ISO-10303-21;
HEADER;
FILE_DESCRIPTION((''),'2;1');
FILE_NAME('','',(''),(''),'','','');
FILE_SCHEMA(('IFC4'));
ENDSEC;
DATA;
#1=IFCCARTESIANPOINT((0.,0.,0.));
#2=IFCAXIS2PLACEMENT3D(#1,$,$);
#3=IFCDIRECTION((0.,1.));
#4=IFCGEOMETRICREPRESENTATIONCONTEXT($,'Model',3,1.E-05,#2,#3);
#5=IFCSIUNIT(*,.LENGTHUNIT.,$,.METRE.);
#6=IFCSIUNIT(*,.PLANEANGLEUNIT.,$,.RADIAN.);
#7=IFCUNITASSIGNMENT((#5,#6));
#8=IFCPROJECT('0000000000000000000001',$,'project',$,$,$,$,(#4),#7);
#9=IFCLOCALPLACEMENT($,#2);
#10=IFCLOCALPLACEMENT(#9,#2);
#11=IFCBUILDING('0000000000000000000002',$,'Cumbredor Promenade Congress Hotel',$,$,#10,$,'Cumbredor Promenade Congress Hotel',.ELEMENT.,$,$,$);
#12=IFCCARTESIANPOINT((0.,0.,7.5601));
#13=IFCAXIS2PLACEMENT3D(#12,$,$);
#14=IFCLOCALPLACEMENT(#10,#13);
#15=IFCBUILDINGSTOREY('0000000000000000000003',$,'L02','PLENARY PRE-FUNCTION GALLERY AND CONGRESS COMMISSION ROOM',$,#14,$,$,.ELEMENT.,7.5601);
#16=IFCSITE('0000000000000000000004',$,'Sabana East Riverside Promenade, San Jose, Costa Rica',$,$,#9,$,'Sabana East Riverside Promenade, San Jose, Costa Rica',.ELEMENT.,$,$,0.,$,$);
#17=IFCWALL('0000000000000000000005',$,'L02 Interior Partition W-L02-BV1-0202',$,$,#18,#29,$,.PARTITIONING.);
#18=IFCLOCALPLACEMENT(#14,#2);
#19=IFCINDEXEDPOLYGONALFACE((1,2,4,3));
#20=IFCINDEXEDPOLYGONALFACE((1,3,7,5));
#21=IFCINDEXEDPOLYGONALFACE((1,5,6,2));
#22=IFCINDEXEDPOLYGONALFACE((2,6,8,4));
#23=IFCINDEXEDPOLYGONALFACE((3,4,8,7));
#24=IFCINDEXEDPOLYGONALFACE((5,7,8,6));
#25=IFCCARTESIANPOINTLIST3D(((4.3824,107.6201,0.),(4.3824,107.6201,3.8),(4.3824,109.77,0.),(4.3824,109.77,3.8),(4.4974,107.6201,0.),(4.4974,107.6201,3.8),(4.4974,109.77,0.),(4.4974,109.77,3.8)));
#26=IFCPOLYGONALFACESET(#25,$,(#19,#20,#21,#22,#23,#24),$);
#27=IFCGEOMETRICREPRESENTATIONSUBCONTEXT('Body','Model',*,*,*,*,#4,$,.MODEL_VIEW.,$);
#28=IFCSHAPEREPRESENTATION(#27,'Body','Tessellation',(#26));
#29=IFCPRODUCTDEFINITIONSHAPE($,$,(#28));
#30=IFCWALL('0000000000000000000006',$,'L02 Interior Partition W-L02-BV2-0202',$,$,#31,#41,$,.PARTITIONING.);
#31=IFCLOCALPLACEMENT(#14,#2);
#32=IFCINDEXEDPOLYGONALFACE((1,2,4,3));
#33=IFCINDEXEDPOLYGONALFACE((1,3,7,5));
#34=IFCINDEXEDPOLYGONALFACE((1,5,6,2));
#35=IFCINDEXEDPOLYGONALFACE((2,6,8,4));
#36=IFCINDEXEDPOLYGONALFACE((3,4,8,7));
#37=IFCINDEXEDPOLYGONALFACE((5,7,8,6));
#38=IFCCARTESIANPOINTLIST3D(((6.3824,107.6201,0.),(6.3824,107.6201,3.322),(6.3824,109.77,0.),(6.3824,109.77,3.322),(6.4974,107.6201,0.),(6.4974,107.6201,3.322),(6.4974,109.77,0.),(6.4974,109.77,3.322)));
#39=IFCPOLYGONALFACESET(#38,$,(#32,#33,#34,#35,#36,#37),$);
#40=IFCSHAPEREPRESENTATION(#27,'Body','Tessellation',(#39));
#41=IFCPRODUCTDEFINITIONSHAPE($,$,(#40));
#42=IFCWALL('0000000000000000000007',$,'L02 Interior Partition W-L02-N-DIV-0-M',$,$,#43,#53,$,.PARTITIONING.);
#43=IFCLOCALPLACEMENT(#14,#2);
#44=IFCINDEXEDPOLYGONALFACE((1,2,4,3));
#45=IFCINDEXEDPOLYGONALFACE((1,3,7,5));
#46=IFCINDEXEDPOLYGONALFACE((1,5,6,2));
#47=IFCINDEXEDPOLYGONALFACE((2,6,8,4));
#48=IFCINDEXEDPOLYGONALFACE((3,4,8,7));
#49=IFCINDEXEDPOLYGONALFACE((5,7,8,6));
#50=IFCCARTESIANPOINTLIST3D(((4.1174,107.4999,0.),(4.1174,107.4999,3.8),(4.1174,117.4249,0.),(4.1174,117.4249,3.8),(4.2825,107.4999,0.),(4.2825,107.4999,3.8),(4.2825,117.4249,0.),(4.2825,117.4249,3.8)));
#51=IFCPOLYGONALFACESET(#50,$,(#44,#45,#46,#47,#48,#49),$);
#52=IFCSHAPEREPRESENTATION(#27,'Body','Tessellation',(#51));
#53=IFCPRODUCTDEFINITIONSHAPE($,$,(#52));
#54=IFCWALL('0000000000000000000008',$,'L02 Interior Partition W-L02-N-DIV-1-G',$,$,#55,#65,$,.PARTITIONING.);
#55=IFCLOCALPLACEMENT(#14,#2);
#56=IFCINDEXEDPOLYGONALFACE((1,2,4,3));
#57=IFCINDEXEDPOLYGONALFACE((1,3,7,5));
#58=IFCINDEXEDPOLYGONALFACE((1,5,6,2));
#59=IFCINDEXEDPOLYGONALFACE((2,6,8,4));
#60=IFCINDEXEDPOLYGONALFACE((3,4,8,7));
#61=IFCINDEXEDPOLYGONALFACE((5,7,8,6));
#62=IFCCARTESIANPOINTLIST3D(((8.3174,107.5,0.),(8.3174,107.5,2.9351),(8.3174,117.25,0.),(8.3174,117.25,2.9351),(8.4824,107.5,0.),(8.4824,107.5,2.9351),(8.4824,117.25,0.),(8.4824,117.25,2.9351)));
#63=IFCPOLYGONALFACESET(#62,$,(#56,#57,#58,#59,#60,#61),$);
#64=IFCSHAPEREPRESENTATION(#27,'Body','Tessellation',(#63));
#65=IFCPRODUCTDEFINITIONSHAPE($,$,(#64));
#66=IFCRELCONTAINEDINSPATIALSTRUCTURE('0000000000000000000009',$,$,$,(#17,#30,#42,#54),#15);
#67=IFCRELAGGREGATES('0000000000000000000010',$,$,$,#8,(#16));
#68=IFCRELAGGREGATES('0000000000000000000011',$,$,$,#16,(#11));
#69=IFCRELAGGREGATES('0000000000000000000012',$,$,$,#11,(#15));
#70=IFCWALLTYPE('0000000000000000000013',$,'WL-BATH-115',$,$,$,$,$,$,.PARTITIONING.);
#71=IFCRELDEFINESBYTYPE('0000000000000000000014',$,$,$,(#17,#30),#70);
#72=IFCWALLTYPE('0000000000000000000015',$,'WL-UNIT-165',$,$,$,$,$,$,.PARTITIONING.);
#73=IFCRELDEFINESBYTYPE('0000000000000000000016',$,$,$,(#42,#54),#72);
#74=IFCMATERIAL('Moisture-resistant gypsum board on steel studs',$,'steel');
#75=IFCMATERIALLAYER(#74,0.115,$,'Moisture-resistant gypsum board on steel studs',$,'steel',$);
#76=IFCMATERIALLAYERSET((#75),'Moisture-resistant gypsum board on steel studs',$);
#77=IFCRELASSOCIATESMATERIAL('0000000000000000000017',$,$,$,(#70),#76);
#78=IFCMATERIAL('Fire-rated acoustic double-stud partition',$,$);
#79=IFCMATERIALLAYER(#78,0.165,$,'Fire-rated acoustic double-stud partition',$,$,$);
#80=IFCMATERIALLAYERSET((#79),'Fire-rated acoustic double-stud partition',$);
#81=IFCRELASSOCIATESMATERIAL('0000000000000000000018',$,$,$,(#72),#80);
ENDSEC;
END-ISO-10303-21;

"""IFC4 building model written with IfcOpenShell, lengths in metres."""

from ifc_helpers import new_model, si_unit, direction, frame, frame_2d, origin, place, context, subcontext, project, spatial, rectangle, extrude, material, layer, layer_set, type_object, element, save


model = new_model("IFC4")

# Units and contexts
model_context = context("Model", 3, precision=1e-05, world=origin(), true_north=direction((0.0, 1.0)))
body_context = subcontext(model_context, "Body", "Model", "MODEL_VIEW")
ifc_project = project(units=[si_unit("LENGTHUNIT", "METRE"), si_unit("PLANEANGLEUNIT", "RADIAN")], contexts=[model_context])

# Site, building, storey
site_placement = place(None, origin())
site = spatial("IfcSite", under=ifc_project, at=site_placement, Name="Sabana East Riverside Promenade, San Jose, Costa Rica", LongName="Sabana East Riverside Promenade, San Jose, Costa Rica", CompositionType="ELEMENT", RefElevation=0.0)
building_placement = place(site_placement, origin())
building = spatial("IfcBuilding", under=site, at=building_placement, Name="Cumbredor Promenade Congress Hotel", LongName="Cumbredor Promenade Congress Hotel", CompositionType="ELEMENT")
storey_placement = place(building_placement, frame((0.0, 0.0, 7.5601)))
storey = spatial("IfcBuildingStorey", under=building, at=storey_placement, Name="L02", Description="PLENARY PRE-FUNCTION GALLERY AND CONGRESS COMMISSION ROOM", CompositionType="ELEMENT", Elevation=7.5601)

# Walls
ifc_material_1 = material(Name="Moisture-resistant gypsum board on steel studs", Category="steel")
ifc_layer_1 = layer(ifc_material_1, 0.115, Name="Moisture-resistant gypsum board on steel studs", Category="steel")
ifc_layer_set_1 = layer_set([ifc_layer_1], Name="Moisture-resistant gypsum board on steel studs")
wall_type_1 = type_object("IfcWallType", Name="WL-BATH-115", PredefinedType="PARTITIONING", material=ifc_layer_set_1)
for number, where, z_axis, x_axis, name in (
    (1, (4.4399, 107.6201, 0.0), (0.0, 0.0, 1.0), (0.0, 1.0, 0.0), "L02 Interior Partition W-L02-BV1-0202"),
):
    element("IfcWall", number, at=place(storey_placement, frame(where, z_axis=z_axis, x_axis=x_axis)), inside=storey, type_object=wall_type_1, Name=name, PredefinedType="PARTITIONING", context=body_context, shape_type="SweptSolid", body=[
        extrude(rectangle(XDim=2.1499, YDim=0.115, at=frame_2d((1.075, 0.0))), origin(), (0.0, 0.0, 1.0), 3.8),
    ])
wall_1_placement = place(storey_placement, frame((6.4399, 107.6201, 0.0), z_axis=(0.0, 0.0, 1.0), x_axis=(0.0, 1.0, 0.0)))
element("IfcWall", 2, at=wall_1_placement, inside=storey, type_object=wall_type_1, Name="L02 Interior Partition W-L02-BV2-0202", PredefinedType="PARTITIONING", context=body_context, shape_type="SweptSolid", body=[
    extrude(rectangle(XDim=2.1499, YDim=0.115, at=frame_2d((1.075, 0.0))), origin(), (0.0, 0.0, 1.0), 3.322),
])

# Walls
ifc_material_2 = material(Name="Fire-rated acoustic double-stud partition")
ifc_layer_2 = layer(ifc_material_2, 0.165, Name="Fire-rated acoustic double-stud partition")
ifc_layer_set_2 = layer_set([ifc_layer_2], Name="Fire-rated acoustic double-stud partition")
wall_type_2 = type_object("IfcWallType", Name="WL-UNIT-165", PredefinedType="PARTITIONING", material=ifc_layer_set_2)
wall_2_placement = place(storey_placement, frame((4.2, 107.5, 0.0), z_axis=(0.0, 0.0, 1.0), x_axis=(0.0, 1.0, 0.0)))
element("IfcWall", 3, at=wall_2_placement, inside=storey, type_object=wall_type_2, Name="L02 Interior Partition W-L02-N-DIV-0-M", PredefinedType="PARTITIONING", context=body_context, shape_type="SweptSolid", body=[
    extrude(rectangle(XDim=9.925, YDim=0.165, at=frame_2d((4.9624, 0.0))), origin(), (0.0, 0.0, 1.0), 3.8),
])
wall_3_placement = place(storey_placement, frame((8.3999, 107.5, 0.0), z_axis=(0.0, 0.0, 1.0), x_axis=(0.0, 1.0, 0.0)))
element("IfcWall", 4, at=wall_3_placement, inside=storey, type_object=wall_type_2, Name="L02 Interior Partition W-L02-N-DIV-1-G", PredefinedType="PARTITIONING", context=body_context, shape_type="SweptSolid", body=[
    extrude(rectangle(XDim=9.75, YDim=0.165, at=frame_2d((4.875, 0.0))), origin(), (0.0, 0.0, 1.0), 2.9351),
])

save(model, "model.ifc")
